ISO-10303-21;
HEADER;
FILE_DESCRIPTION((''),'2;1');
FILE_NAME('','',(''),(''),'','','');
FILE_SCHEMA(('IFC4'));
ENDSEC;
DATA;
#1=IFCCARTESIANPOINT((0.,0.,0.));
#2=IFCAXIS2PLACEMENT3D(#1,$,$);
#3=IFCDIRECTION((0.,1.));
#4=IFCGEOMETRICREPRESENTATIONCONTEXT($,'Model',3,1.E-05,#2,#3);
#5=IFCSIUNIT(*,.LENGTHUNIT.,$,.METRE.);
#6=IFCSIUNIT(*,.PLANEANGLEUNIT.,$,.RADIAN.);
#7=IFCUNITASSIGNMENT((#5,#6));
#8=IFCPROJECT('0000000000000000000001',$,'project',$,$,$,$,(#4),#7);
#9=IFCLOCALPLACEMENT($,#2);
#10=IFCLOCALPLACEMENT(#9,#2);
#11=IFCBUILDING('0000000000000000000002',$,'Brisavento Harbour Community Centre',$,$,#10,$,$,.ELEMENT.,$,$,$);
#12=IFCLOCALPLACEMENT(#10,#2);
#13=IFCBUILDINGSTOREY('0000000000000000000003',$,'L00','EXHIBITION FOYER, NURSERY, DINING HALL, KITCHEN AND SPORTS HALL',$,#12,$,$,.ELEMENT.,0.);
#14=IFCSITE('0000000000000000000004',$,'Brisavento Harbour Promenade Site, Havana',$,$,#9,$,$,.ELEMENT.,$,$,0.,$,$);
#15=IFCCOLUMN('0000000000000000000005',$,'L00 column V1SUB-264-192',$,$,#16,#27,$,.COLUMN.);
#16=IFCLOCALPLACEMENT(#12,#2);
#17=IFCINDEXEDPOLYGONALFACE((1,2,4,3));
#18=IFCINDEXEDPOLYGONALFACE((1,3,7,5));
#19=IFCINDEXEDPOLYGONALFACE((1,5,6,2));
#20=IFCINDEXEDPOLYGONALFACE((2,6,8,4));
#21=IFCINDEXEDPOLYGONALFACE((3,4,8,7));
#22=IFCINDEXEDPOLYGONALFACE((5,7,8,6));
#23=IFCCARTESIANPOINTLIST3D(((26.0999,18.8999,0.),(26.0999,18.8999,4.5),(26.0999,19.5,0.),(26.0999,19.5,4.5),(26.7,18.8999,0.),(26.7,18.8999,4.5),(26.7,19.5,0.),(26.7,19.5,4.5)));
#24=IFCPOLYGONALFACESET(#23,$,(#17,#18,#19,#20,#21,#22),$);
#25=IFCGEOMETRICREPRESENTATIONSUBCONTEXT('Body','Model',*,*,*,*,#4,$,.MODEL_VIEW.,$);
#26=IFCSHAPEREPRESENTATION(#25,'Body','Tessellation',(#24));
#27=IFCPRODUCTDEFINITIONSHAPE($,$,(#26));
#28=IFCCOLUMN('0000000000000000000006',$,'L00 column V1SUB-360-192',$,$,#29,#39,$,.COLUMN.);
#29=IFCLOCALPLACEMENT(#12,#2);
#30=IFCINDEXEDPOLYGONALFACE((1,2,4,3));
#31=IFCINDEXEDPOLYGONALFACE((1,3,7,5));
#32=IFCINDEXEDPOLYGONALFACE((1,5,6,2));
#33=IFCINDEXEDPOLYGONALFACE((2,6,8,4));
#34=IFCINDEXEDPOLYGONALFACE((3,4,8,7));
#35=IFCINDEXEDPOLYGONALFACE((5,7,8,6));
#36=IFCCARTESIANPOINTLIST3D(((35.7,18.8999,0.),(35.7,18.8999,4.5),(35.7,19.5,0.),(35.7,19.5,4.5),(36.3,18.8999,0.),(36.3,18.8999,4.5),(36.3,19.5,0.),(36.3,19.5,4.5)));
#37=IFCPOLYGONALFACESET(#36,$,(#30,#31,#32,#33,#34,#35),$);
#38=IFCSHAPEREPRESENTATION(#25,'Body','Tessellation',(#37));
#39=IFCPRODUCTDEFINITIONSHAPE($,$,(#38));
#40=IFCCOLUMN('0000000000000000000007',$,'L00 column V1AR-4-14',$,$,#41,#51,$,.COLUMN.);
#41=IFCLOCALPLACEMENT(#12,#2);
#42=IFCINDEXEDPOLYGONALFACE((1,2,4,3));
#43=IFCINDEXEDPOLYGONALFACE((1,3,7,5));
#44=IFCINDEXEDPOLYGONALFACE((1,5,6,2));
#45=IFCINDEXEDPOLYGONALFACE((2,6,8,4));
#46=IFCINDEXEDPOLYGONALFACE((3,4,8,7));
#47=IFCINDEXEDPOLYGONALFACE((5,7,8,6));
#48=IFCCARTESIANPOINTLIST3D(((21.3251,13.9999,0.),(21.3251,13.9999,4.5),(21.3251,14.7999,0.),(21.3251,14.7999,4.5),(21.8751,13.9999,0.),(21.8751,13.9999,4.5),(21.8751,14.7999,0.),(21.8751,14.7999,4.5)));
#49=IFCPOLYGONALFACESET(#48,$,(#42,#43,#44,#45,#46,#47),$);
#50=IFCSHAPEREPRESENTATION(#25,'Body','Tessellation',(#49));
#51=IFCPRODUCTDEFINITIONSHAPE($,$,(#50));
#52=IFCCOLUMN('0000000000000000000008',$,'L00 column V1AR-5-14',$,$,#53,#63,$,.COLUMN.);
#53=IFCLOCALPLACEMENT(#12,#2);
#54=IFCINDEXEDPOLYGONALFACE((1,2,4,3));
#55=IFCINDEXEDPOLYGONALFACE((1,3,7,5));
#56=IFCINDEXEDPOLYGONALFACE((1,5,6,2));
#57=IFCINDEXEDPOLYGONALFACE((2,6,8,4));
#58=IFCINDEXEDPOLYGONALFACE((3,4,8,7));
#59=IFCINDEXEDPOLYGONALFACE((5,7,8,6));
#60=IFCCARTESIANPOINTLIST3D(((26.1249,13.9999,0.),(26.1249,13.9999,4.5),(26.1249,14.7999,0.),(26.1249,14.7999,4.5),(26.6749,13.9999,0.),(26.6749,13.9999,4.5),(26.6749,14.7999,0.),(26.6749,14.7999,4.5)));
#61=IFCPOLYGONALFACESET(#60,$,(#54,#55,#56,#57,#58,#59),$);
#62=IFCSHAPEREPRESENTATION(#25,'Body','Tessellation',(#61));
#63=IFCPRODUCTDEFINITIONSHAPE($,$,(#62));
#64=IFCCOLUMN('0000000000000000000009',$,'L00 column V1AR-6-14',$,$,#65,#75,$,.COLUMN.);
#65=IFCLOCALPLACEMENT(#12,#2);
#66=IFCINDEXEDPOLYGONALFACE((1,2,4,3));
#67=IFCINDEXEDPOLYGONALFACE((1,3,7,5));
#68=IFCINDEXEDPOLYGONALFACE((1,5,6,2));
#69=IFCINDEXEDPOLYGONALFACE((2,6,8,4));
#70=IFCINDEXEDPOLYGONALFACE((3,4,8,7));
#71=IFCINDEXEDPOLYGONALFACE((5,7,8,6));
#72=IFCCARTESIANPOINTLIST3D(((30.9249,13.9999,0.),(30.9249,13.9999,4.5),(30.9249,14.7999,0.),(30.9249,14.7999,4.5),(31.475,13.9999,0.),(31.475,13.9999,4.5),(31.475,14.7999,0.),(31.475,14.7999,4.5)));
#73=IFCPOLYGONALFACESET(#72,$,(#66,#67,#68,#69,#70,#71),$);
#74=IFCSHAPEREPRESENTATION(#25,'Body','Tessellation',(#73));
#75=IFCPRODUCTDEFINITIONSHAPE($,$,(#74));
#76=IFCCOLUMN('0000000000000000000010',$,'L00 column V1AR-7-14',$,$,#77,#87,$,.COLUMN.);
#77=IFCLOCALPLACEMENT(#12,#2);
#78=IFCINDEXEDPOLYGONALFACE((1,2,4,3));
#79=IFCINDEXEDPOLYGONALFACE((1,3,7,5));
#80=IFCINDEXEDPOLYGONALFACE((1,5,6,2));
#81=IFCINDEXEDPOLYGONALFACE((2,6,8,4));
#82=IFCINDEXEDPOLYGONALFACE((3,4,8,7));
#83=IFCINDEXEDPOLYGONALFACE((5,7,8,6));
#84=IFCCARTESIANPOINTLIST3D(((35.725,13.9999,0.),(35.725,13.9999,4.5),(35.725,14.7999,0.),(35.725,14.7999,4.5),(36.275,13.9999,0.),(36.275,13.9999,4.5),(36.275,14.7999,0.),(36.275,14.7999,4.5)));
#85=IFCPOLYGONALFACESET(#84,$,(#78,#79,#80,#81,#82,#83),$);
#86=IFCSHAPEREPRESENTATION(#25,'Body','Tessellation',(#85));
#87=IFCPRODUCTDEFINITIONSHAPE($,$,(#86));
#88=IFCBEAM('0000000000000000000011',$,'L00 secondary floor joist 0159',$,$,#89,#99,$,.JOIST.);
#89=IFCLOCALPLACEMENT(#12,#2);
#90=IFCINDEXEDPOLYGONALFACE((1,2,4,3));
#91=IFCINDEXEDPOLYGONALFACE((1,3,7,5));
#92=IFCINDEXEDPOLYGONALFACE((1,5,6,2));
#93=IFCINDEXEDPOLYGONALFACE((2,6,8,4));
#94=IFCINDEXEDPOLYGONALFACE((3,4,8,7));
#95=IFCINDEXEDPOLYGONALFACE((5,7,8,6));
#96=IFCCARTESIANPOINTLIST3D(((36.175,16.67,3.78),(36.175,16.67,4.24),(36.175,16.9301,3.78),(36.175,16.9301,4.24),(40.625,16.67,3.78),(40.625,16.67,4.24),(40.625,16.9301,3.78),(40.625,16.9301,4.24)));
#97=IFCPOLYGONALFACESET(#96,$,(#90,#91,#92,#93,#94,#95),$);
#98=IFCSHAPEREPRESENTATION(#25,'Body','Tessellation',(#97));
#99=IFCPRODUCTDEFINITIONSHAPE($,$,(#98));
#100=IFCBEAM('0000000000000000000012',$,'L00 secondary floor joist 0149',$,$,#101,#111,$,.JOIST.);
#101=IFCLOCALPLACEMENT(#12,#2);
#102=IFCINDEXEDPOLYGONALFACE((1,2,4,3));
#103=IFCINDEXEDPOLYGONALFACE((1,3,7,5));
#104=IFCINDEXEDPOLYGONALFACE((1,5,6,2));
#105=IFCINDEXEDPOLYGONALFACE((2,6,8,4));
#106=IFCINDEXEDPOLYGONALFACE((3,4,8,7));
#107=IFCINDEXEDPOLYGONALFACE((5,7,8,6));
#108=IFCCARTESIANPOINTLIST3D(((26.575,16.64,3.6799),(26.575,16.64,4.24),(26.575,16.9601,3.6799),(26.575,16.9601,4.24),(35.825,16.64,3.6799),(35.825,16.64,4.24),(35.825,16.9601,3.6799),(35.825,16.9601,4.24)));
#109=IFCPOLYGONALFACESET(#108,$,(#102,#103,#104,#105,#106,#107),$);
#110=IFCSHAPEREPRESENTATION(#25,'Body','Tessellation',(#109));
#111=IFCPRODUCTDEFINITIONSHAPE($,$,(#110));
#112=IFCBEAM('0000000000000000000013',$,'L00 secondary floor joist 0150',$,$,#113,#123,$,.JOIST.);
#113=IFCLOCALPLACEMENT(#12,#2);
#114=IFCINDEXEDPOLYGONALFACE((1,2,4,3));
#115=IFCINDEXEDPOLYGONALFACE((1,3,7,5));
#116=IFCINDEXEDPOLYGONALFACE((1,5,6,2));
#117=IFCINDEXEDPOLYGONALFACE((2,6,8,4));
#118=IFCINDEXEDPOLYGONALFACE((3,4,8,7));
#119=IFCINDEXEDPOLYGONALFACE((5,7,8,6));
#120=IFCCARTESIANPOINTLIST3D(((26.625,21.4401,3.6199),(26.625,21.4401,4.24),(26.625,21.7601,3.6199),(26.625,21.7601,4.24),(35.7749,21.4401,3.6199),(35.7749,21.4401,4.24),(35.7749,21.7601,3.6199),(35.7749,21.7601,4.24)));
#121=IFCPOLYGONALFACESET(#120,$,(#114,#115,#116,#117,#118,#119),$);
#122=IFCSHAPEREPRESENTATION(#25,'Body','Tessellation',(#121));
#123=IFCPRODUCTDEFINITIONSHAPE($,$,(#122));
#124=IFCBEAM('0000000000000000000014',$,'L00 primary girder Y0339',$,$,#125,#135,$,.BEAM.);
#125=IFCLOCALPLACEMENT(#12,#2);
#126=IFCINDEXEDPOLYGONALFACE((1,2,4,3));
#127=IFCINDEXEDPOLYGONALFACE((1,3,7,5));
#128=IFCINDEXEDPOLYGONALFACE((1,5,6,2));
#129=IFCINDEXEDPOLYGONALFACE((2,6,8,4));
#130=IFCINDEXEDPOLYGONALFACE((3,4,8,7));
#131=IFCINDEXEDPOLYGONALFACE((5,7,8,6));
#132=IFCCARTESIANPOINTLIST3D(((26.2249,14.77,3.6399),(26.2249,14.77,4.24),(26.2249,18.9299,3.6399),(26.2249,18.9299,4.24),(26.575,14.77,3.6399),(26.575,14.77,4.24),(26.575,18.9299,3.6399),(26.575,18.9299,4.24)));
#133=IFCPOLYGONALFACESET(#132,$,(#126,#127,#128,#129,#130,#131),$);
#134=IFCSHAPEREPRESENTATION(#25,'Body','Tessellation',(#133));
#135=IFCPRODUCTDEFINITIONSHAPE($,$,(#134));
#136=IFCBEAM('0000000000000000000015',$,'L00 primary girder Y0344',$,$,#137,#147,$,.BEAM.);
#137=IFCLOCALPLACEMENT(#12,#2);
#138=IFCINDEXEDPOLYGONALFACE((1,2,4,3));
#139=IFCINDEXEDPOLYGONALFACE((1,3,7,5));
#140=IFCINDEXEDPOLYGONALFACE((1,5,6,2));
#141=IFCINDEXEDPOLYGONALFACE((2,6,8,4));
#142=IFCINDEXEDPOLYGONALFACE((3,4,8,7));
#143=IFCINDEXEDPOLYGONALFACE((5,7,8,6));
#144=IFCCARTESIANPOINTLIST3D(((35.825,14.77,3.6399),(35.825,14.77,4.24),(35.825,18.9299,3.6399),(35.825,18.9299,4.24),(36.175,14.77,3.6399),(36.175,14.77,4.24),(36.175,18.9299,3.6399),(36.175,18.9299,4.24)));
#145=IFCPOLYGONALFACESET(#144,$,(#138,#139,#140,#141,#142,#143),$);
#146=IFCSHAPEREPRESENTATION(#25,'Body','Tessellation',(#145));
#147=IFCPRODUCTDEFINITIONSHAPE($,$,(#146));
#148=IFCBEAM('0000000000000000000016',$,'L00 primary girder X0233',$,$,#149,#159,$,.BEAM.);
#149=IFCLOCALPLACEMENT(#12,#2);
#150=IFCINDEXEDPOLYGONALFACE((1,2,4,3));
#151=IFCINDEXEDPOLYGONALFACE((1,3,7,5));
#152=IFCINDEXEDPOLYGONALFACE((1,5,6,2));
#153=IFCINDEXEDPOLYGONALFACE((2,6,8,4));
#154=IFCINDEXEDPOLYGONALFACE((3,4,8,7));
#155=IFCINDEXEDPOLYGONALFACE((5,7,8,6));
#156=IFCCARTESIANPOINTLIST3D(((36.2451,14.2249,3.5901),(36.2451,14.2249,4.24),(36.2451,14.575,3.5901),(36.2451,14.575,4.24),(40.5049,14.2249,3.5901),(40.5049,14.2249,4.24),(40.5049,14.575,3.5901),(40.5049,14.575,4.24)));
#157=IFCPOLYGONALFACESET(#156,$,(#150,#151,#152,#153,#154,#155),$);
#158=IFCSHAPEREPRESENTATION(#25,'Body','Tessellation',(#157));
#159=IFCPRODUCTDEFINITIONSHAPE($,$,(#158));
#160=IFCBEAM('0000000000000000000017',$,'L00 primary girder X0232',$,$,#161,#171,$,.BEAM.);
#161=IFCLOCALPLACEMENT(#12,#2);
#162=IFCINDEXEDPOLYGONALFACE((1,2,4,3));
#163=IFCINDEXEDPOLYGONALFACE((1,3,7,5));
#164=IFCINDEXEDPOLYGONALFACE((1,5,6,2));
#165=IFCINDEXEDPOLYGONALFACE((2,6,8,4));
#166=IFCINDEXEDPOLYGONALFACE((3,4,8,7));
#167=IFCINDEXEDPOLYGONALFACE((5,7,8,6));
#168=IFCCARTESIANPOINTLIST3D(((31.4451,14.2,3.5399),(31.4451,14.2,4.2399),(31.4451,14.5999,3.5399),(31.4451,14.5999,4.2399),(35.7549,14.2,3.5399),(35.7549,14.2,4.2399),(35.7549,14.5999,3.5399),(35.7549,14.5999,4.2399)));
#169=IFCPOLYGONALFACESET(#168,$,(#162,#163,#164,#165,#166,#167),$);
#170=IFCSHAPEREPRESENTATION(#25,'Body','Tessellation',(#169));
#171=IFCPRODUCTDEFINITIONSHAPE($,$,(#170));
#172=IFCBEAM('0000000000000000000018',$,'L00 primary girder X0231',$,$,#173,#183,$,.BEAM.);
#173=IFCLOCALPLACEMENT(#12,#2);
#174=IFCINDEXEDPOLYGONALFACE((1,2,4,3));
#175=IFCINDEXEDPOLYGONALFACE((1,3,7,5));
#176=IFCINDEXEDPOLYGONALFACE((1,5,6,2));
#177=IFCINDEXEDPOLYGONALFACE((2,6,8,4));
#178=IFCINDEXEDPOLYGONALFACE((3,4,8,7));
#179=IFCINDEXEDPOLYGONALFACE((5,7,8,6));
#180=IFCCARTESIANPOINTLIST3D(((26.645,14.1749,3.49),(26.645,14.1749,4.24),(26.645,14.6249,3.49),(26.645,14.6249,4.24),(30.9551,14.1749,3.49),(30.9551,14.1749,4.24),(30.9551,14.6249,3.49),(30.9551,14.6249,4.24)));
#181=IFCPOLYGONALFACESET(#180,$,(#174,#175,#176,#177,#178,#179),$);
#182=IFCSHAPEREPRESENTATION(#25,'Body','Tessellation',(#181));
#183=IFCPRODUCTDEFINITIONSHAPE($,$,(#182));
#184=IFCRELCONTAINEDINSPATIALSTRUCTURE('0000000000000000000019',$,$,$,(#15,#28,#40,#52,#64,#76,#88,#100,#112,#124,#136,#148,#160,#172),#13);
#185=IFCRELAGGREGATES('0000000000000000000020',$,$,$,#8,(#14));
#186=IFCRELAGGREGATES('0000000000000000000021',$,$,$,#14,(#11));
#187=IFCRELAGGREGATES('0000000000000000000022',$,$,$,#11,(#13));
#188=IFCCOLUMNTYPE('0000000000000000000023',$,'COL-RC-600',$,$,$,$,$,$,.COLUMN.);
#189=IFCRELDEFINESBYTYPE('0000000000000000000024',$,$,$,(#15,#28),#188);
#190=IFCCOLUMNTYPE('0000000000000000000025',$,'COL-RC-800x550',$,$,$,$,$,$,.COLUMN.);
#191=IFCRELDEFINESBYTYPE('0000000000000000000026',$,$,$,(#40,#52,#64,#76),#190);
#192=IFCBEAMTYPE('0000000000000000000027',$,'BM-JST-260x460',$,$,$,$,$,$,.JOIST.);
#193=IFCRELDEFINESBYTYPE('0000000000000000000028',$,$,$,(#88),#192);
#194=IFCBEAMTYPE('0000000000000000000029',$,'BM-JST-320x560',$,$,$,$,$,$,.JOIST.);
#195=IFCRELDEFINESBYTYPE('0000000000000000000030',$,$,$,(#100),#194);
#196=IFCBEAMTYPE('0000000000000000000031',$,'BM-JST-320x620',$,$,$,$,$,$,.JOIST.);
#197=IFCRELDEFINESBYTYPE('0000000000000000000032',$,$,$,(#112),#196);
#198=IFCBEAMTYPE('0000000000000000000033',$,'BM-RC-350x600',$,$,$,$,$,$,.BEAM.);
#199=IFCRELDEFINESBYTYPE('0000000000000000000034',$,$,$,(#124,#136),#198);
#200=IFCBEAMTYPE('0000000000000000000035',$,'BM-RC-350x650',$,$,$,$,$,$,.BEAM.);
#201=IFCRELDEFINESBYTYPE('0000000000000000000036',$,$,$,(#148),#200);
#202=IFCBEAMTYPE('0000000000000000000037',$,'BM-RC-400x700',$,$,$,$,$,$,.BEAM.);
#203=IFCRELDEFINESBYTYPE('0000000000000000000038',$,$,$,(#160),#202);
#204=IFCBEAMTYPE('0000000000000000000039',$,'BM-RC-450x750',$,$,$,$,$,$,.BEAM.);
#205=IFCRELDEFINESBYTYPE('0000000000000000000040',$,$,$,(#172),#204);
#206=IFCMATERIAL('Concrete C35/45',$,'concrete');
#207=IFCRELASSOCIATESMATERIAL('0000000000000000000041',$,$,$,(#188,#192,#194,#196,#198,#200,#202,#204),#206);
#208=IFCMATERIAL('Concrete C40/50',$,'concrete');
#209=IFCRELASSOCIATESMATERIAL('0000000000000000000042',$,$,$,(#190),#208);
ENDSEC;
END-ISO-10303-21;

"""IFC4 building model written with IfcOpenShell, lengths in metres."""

from ifc_helpers import new_model, si_unit, direction, frame, origin, origin_2d, place, context, subcontext, project, spatial, rectangle, extrude, material, material_profile, profile_set, type_object, element, save


model = new_model("IFC4")

# Units and contexts
model_context = context("Model", 3, precision=1e-05, world=origin(), true_north=direction((0.0, 1.0)))
body_context = subcontext(model_context, "Body", "Model", "MODEL_VIEW")
ifc_project = project(units=[si_unit("LENGTHUNIT", "METRE"), si_unit("PLANEANGLEUNIT", "RADIAN")], contexts=[model_context])

# Site, building, storey
site_placement = place(None, origin())
site = spatial("IfcSite", under=ifc_project, at=site_placement, Name="Brisavento Harbour Promenade Site, Havana", CompositionType="ELEMENT", RefElevation=0.0)
building_placement = place(site_placement, origin())
building = spatial("IfcBuilding", under=site, at=building_placement, Name="Brisavento Harbour Community Centre", CompositionType="ELEMENT")
storey_placement = place(building_placement, origin())
storey = spatial("IfcBuildingStorey", under=building, at=storey_placement, Name="L00", Description="EXHIBITION FOYER, NURSERY, DINING HALL, KITCHEN AND SPORTS HALL", CompositionType="ELEMENT", Elevation=0.0)

# Columns
ifc_material_1 = material(Name="Concrete C35/45", Category="concrete")
ifc_material_profile_1 = material_profile(ifc_material_1, rectangle(XDim=0.6001, YDim=0.6001, at=origin_2d()), Name="Concrete C35/45")
ifc_profile_set_1 = profile_set([ifc_material_profile_1], Name="Concrete C35/45")
column_type_1 = type_object("IfcColumnType", Name="COL-RC-600", PredefinedType="COLUMN", material=ifc_profile_set_1)
for number, where, z_axis, x_axis, name in (
    (1, (26.3999, 19.2, 0.0), (0.0, 0.0, 1.0), (1.0, 0.0, 0.0), "L00 column V1SUB-264-192"),
    (2, (36.0, 19.2, 0.0), (0.0, 0.0, 1.0), (1.0, 0.0, 0.0), "L00 column V1SUB-360-192"),
):
    element("IfcColumn", number, at=place(storey_placement, frame(where, z_axis=z_axis, x_axis=x_axis)), inside=storey, type_object=column_type_1, Name=name, PredefinedType="COLUMN", context=body_context, shape_type="SweptSolid", body=[
        extrude(rectangle(XDim=0.6001, YDim=0.6001, at=origin_2d()), origin(), (0.0, 0.0, 1.0), 4.5),
    ])
ifc_material_2 = material(Name="Concrete C40/50", Category="concrete")
ifc_material_profile_2 = material_profile(ifc_material_2, rectangle(XDim=0.55, YDim=0.8, at=origin_2d()), Name="Concrete C40/50")
ifc_profile_set_2 = profile_set([ifc_material_profile_2], Name="Concrete C40/50")
column_type_2 = type_object("IfcColumnType", Name="COL-RC-800x550", PredefinedType="COLUMN", material=ifc_profile_set_2)
for number, where, z_axis, x_axis, name in (
    (3, (21.6001, 14.3999, 0.0), (0.0, 0.0, 1.0), (1.0, 0.0, 0.0), "L00 column V1AR-4-14"),
    (4, (26.3999, 14.3999, 0.0), (0.0, 0.0, 1.0), (1.0, 0.0, 0.0), "L00 column V1AR-5-14"),
    (5, (31.2, 14.3999, 0.0), (0.0, 0.0, 1.0), (1.0, 0.0, 0.0), "L00 column V1AR-6-14"),
    (6, (36.0, 14.3999, 0.0), (0.0, 0.0, 1.0), (1.0, 0.0, 0.0), "L00 column V1AR-7-14"),
):
    element("IfcColumn", number, at=place(storey_placement, frame(where, z_axis=z_axis, x_axis=x_axis)), inside=storey, type_object=column_type_2, Name=name, PredefinedType="COLUMN", context=body_context, shape_type="SweptSolid", body=[
        extrude(rectangle(XDim=0.55, YDim=0.8, at=origin_2d()), origin(), (0.0, 0.0, 1.0), 4.5),
    ])

# Beams
ifc_material_profile_3 = material_profile(ifc_material_1, rectangle(XDim=0.26, YDim=0.46, at=origin_2d()), Name="Concrete C35/45")
ifc_profile_set_3 = profile_set([ifc_material_profile_3], Name="Concrete C35/45")
beam_type_1 = type_object("IfcBeamType", Name="BM-JST-260x460", PredefinedType="JOIST", material=ifc_profile_set_3)
beam_1_placement = place(storey_placement, frame((36.175, 16.8, 4.01), z_axis=(1.0, 0.0, 0.0), x_axis=(0.0, 1.0, 0.0)))
element("IfcBeam", 7, at=beam_1_placement, inside=storey, type_object=beam_type_1, Name="L00 secondary floor joist 0159", PredefinedType="JOIST", context=body_context, shape_type="SweptSolid", body=[
    extrude(rectangle(XDim=0.26, YDim=0.46, at=origin_2d()), origin(), (0.0, 0.0, 1.0), 4.45),
])
ifc_material_profile_4 = material_profile(ifc_material_1, rectangle(XDim=0.3201, YDim=0.5601, at=origin_2d()), Name="Concrete C35/45")
ifc_profile_set_4 = profile_set([ifc_material_profile_4], Name="Concrete C35/45")
beam_type_2 = type_object("IfcBeamType", Name="BM-JST-320x560", PredefinedType="JOIST", material=ifc_profile_set_4)
beam_2_placement = place(storey_placement, frame((26.575, 16.8, 3.96), z_axis=(1.0, 0.0, 0.0), x_axis=(0.0, 1.0, 0.0)))
element("IfcBeam", 8, at=beam_2_placement, inside=storey, type_object=beam_type_2, Name="L00 secondary floor joist 0149", PredefinedType="JOIST", context=body_context, shape_type="SweptSolid", body=[
    extrude(rectangle(XDim=0.3201, YDim=0.5601, at=origin_2d()), origin(), (0.0, 0.0, 1.0), 9.25),
])
ifc_material_profile_5 = material_profile(ifc_material_1, rectangle(XDim=0.3201, YDim=0.6201, at=origin_2d()), Name="Concrete C35/45")
ifc_profile_set_5 = profile_set([ifc_material_profile_5], Name="Concrete C35/45")
beam_type_3 = type_object("IfcBeamType", Name="BM-JST-320x620", PredefinedType="JOIST", material=ifc_profile_set_5)
beam_3_placement = place(storey_placement, frame((26.625, 21.6001, 3.9299), z_axis=(1.0, 0.0, 0.0), x_axis=(0.0, 1.0, 0.0)))
element("IfcBeam", 9, at=beam_3_placement, inside=storey, type_object=beam_type_3, Name="L00 secondary floor joist 0150", PredefinedType="JOIST", context=body_context, shape_type="SweptSolid", body=[
    extrude(rectangle(XDim=0.3201, YDim=0.6201, at=origin_2d()), origin(), (0.0, 0.0, 1.0), 9.1499),
])
ifc_material_profile_6 = material_profile(ifc_material_1, rectangle(XDim=0.3501, YDim=0.6001, at=origin_2d()), Name="Concrete C35/45")
ifc_profile_set_6 = profile_set([ifc_material_profile_6], Name="Concrete C35/45")
beam_type_4 = type_object("IfcBeamType", Name="BM-RC-350x600", PredefinedType="BEAM", material=ifc_profile_set_6)
for number, where, z_axis, x_axis, name in (
    (10, (26.3999, 14.77, 3.9399), (0.0, 1.0, 0.0), (-1.0, 0.0, 0.0), "L00 primary girder Y0339"),
    (11, (36.0, 14.77, 3.9399), (0.0, 1.0, 0.0), (-1.0, 0.0, 0.0), "L00 primary girder Y0344"),
):
    element("IfcBeam", number, at=place(storey_placement, frame(where, z_axis=z_axis, x_axis=x_axis)), inside=storey, type_object=beam_type_4, Name=name, PredefinedType="BEAM", context=body_context, shape_type="SweptSolid", body=[
        extrude(rectangle(XDim=0.3501, YDim=0.6001, at=origin_2d()), origin(), (0.0, 0.0, 1.0), 4.1599),
    ])
ifc_material_profile_7 = material_profile(ifc_material_1, rectangle(XDim=0.3501, YDim=0.6499, at=origin_2d()), Name="Concrete C35/45")
ifc_profile_set_7 = profile_set([ifc_material_profile_7], Name="Concrete C35/45")
beam_type_5 = type_object("IfcBeamType", Name="BM-RC-350x650", PredefinedType="BEAM", material=ifc_profile_set_7)
beam_4_placement = place(storey_placement, frame((36.2451, 14.3999, 3.915), z_axis=(1.0, 0.0, 0.0), x_axis=(0.0, 1.0, 0.0)))
element("IfcBeam", 12, at=beam_4_placement, inside=storey, type_object=beam_type_5, Name="L00 primary girder X0233", PredefinedType="BEAM", context=body_context, shape_type="SweptSolid", body=[
    extrude(rectangle(XDim=0.3501, YDim=0.6499, at=origin_2d()), origin(), (0.0, 0.0, 1.0), 4.2598),
])
ifc_material_profile_8 = material_profile(ifc_material_1, rectangle(XDim=0.3999, YDim=0.7, at=origin_2d()), Name="Concrete C35/45")
ifc_profile_set_8 = profile_set([ifc_material_profile_8], Name="Concrete C35/45")
beam_type_6 = type_object("IfcBeamType", Name="BM-RC-400x700", PredefinedType="BEAM", material=ifc_profile_set_8)
beam_5_placement = place(storey_placement, frame((31.4451, 14.3999, 3.8899), z_axis=(1.0, 0.0, 0.0), x_axis=(0.0, 1.0, 0.0)))
element("IfcBeam", 13, at=beam_5_placement, inside=storey, type_object=beam_type_6, Name="L00 primary girder X0232", PredefinedType="BEAM", context=body_context, shape_type="SweptSolid", body=[
    extrude(rectangle(XDim=0.3999, YDim=0.7, at=origin_2d()), origin(), (0.0, 0.0, 1.0), 4.3098),
])
ifc_material_profile_9 = material_profile(ifc_material_1, rectangle(XDim=0.45, YDim=0.75, at=origin_2d()), Name="Concrete C35/45")
ifc_profile_set_9 = profile_set([ifc_material_profile_9], Name="Concrete C35/45")
beam_type_7 = type_object("IfcBeamType", Name="BM-RC-450x750", PredefinedType="BEAM", material=ifc_profile_set_9)
beam_6_placement = place(storey_placement, frame((26.645, 14.3999, 3.865), z_axis=(1.0, 0.0, 0.0), x_axis=(0.0, 1.0, 0.0)))
element("IfcBeam", 14, at=beam_6_placement, inside=storey, type_object=beam_type_7, Name="L00 primary girder X0231", PredefinedType="BEAM", context=body_context, shape_type="SweptSolid", body=[
    extrude(rectangle(XDim=0.45, YDim=0.75, at=origin_2d()), origin(), (0.0, 0.0, 1.0), 4.3101),
])

save(model, "model.ifc")
